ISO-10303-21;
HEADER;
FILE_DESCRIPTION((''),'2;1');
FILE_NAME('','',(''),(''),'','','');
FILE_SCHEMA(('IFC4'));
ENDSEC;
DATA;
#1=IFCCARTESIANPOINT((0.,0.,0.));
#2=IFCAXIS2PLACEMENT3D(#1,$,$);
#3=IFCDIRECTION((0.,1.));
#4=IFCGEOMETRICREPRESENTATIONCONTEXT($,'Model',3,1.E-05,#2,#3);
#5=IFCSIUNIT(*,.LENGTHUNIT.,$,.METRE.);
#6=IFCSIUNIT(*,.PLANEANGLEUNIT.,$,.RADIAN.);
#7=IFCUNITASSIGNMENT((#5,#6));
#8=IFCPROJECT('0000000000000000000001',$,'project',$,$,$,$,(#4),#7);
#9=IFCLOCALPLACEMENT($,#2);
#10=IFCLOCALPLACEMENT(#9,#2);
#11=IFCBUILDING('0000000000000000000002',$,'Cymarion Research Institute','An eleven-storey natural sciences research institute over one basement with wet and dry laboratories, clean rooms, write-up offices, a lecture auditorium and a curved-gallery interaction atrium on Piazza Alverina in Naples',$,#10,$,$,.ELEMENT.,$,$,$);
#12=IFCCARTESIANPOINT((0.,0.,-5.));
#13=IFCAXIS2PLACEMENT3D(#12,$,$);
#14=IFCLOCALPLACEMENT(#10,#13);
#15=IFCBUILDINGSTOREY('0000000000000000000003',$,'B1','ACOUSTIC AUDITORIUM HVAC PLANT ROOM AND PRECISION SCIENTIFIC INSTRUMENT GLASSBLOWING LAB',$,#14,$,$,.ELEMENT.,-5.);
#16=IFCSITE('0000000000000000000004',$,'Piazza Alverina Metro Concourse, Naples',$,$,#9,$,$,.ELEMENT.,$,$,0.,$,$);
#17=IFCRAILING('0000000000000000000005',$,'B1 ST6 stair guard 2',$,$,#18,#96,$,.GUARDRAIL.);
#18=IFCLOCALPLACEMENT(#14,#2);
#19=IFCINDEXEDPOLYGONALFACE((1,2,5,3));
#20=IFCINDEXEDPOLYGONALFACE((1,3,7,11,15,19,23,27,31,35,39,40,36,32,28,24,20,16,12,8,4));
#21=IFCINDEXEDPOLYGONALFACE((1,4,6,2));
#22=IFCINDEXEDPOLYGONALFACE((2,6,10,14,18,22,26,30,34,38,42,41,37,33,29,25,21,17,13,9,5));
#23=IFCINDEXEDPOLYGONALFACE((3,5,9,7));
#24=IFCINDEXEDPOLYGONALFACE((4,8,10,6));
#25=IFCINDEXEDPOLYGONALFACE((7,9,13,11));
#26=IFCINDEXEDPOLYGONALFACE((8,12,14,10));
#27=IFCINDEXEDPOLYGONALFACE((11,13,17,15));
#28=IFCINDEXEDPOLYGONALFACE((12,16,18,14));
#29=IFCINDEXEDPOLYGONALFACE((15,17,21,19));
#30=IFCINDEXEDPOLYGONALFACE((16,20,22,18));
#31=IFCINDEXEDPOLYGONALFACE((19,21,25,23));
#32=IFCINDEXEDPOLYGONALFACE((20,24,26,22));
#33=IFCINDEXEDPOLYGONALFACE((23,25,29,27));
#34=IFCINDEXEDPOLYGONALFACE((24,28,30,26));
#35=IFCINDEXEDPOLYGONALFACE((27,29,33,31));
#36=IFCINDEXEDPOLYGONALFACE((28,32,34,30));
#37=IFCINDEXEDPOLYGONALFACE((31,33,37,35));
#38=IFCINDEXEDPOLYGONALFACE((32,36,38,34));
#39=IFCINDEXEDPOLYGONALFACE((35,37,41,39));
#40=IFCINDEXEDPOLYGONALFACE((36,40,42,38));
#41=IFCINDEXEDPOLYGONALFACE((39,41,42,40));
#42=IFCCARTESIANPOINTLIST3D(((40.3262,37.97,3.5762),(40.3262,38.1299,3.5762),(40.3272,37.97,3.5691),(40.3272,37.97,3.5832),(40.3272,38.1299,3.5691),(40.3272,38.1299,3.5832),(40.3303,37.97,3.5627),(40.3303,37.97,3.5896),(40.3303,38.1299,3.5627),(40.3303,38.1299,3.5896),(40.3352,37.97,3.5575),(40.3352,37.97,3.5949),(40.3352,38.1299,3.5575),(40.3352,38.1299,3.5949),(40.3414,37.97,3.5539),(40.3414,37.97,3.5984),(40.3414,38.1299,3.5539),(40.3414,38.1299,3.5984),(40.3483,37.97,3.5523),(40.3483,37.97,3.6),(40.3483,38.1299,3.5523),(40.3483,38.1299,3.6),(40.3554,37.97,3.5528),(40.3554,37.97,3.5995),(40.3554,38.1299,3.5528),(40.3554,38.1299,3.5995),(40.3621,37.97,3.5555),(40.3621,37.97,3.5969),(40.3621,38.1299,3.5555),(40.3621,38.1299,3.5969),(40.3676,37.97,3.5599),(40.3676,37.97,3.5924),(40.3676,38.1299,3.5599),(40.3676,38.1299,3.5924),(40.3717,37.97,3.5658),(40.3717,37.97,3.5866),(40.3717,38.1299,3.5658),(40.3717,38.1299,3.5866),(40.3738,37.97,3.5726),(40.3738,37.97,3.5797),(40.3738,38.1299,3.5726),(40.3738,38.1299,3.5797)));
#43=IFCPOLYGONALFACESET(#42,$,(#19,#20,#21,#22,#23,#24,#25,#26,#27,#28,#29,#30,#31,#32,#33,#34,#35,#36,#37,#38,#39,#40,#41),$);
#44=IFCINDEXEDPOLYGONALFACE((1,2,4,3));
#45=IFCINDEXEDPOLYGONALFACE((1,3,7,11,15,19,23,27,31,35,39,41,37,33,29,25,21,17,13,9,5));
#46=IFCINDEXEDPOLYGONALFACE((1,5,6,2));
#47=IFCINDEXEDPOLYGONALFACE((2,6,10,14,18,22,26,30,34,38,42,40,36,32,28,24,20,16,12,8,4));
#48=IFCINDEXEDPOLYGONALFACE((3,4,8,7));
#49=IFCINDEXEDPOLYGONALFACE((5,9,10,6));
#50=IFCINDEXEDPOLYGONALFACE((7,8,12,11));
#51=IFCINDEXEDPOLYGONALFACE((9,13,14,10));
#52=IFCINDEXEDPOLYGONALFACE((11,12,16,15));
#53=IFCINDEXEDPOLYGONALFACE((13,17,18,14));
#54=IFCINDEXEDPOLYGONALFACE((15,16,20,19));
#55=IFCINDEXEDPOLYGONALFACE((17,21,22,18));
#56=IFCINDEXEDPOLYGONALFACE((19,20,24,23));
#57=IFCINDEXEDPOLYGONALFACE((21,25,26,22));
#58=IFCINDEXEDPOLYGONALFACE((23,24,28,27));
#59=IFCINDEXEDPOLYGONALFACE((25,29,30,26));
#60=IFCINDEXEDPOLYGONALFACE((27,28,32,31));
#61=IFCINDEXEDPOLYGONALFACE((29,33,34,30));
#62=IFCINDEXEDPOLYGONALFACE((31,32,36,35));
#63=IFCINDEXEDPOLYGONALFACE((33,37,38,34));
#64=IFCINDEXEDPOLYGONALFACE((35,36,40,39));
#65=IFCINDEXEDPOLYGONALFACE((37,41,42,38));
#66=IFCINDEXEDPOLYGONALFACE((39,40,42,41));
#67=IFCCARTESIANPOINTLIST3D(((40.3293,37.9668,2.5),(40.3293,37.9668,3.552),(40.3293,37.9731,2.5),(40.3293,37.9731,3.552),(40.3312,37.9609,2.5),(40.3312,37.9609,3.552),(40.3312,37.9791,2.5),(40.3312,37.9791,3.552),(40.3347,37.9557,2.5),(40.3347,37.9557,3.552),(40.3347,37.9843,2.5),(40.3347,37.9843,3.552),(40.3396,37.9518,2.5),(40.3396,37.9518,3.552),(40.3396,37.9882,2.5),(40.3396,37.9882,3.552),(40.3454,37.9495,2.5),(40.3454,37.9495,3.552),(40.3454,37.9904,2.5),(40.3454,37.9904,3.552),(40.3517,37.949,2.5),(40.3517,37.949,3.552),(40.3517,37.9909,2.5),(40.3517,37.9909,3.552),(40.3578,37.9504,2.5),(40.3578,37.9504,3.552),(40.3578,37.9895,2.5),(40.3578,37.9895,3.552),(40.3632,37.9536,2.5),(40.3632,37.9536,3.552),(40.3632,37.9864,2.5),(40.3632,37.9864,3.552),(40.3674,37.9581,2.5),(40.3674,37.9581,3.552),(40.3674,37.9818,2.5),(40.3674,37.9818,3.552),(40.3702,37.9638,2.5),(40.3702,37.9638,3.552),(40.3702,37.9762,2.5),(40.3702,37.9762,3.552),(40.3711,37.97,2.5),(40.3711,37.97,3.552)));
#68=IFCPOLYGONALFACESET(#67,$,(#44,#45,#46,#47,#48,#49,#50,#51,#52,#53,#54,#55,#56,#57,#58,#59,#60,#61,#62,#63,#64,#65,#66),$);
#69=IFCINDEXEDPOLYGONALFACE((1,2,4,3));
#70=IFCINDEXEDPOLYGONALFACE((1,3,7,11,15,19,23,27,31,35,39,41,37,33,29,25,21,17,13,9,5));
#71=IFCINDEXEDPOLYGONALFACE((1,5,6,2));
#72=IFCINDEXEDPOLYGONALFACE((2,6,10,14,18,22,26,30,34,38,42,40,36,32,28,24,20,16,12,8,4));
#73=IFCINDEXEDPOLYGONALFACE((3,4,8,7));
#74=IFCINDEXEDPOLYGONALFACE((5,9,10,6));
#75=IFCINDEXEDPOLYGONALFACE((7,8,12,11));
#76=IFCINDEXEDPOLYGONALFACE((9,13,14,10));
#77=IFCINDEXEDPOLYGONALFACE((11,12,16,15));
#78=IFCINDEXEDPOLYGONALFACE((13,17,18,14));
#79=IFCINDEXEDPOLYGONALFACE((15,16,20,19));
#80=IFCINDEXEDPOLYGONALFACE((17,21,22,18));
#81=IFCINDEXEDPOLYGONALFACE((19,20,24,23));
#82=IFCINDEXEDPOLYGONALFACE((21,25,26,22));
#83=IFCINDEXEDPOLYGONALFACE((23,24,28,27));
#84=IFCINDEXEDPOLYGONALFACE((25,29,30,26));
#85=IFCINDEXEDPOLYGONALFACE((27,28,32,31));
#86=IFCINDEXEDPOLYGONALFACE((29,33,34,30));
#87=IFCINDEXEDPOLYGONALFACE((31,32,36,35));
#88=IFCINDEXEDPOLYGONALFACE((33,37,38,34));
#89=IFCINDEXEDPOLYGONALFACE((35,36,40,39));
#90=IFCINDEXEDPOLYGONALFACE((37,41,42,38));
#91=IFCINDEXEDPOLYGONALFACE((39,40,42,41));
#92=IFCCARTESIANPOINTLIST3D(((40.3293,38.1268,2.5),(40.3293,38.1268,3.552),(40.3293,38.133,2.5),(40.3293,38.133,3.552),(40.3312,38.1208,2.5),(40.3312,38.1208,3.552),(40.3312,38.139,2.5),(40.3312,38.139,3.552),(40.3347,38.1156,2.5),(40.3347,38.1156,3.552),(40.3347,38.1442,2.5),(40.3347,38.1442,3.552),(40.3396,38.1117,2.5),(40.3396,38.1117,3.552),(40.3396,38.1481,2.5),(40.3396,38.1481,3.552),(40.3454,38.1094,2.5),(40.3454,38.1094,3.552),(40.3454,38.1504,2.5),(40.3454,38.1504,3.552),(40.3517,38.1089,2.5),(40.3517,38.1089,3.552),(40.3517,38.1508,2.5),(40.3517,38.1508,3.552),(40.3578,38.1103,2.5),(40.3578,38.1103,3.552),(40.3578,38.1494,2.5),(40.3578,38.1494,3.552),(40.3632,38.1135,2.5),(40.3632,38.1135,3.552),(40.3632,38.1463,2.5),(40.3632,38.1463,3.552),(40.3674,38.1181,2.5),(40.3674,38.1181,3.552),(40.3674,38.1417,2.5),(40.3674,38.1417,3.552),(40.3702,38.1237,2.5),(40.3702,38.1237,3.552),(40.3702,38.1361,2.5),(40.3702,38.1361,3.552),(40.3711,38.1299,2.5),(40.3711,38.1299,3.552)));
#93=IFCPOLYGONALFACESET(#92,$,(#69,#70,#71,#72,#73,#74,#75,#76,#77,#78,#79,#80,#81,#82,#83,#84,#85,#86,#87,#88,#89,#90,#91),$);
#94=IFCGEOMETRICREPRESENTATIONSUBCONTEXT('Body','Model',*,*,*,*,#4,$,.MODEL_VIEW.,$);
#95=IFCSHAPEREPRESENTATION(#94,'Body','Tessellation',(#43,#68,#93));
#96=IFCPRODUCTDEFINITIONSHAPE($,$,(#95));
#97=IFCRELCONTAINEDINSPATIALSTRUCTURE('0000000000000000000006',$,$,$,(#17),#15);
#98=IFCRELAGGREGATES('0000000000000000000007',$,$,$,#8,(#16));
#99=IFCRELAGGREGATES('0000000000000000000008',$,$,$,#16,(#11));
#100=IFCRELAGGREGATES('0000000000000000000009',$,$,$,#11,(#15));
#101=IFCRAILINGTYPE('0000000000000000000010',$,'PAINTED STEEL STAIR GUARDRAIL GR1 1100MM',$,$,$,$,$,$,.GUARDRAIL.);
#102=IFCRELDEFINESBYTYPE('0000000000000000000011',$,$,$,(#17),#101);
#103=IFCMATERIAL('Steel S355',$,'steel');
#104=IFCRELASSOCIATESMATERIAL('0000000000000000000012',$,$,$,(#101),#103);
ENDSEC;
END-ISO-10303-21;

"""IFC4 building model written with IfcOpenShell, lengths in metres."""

from ifc_helpers import new_model, si_unit, direction, frame, origin, origin_2d, place, context, subcontext, project, spatial, circle, extrude, material, type_object, element, save


model = new_model("IFC4")

# Units and contexts
model_context = context("Model", 3, precision=1e-05, world=origin(), true_north=direction((0.0, 1.0)))
body_context = subcontext(model_context, "Body", "Model", "MODEL_VIEW")
ifc_project = project(units=[si_unit("LENGTHUNIT", "METRE"), si_unit("PLANEANGLEUNIT", "RADIAN")], contexts=[model_context])

# Site, building, storey
site_placement = place(None, origin())
site = spatial("IfcSite", under=ifc_project, at=site_placement, Name="Piazza Alverina Metro Concourse, Naples", CompositionType="ELEMENT", RefElevation=0.0)
building_placement = place(site_placement, origin())
building = spatial("IfcBuilding", under=site, at=building_placement, Name="Cymarion Research Institute", Description="An eleven-storey natural sciences research institute over one basement with wet and dry laboratories, clean rooms, write-up offices, a lecture auditorium and a curved-gallery interaction atrium on Piazza Alverina in Naples", CompositionType="ELEMENT")
storey_placement = place(building_placement, frame((0.0, 0.0, -5.0)))
storey = spatial("IfcBuildingStorey", under=building, at=storey_placement, Name="B1", Description="ACOUSTIC AUDITORIUM HVAC PLANT ROOM AND PRECISION SCIENTIFIC INSTRUMENT GLASSBLOWING LAB", CompositionType="ELEMENT", Elevation=-5.0)

# Shared definitions
ifc_material_1 = material(Name="Steel S355", Category="steel")

# Railing
railing_type_1 = type_object("IfcRailingType", Name="PAINTED STEEL STAIR GUARDRAIL GR1 1100MM", PredefinedType="GUARDRAIL", material=ifc_material_1)
railing_1_placement = place(storey_placement, frame((40.3501, 37.97, 2.5)))
element("IfcRailing", 1, at=railing_1_placement, inside=storey, type_object=railing_type_1, Name="B1 ST6 stair guard 2", PredefinedType="GUARDRAIL", context=body_context, shape_type="SweptSolid", body=[
    extrude(circle(Radius=0.0239, at=origin_2d()), frame((0.0, 0.0, 1.0762), z_axis=(0.0, 1.0, 0.0), x_axis=(-1.0, 0.0, 0.0)), (0.0, 0.0, 1.0), 0.1599),
    extrude(circle(Radius=0.021, at=origin_2d()), origin(), (0.0, 0.0, 1.0), 1.052),
    extrude(circle(Radius=0.021, at=origin_2d()), frame((0.0, 0.1599, 0.0)), (0.0, 0.0, 1.0), 1.052),
])

save(model, "model.ifc")
